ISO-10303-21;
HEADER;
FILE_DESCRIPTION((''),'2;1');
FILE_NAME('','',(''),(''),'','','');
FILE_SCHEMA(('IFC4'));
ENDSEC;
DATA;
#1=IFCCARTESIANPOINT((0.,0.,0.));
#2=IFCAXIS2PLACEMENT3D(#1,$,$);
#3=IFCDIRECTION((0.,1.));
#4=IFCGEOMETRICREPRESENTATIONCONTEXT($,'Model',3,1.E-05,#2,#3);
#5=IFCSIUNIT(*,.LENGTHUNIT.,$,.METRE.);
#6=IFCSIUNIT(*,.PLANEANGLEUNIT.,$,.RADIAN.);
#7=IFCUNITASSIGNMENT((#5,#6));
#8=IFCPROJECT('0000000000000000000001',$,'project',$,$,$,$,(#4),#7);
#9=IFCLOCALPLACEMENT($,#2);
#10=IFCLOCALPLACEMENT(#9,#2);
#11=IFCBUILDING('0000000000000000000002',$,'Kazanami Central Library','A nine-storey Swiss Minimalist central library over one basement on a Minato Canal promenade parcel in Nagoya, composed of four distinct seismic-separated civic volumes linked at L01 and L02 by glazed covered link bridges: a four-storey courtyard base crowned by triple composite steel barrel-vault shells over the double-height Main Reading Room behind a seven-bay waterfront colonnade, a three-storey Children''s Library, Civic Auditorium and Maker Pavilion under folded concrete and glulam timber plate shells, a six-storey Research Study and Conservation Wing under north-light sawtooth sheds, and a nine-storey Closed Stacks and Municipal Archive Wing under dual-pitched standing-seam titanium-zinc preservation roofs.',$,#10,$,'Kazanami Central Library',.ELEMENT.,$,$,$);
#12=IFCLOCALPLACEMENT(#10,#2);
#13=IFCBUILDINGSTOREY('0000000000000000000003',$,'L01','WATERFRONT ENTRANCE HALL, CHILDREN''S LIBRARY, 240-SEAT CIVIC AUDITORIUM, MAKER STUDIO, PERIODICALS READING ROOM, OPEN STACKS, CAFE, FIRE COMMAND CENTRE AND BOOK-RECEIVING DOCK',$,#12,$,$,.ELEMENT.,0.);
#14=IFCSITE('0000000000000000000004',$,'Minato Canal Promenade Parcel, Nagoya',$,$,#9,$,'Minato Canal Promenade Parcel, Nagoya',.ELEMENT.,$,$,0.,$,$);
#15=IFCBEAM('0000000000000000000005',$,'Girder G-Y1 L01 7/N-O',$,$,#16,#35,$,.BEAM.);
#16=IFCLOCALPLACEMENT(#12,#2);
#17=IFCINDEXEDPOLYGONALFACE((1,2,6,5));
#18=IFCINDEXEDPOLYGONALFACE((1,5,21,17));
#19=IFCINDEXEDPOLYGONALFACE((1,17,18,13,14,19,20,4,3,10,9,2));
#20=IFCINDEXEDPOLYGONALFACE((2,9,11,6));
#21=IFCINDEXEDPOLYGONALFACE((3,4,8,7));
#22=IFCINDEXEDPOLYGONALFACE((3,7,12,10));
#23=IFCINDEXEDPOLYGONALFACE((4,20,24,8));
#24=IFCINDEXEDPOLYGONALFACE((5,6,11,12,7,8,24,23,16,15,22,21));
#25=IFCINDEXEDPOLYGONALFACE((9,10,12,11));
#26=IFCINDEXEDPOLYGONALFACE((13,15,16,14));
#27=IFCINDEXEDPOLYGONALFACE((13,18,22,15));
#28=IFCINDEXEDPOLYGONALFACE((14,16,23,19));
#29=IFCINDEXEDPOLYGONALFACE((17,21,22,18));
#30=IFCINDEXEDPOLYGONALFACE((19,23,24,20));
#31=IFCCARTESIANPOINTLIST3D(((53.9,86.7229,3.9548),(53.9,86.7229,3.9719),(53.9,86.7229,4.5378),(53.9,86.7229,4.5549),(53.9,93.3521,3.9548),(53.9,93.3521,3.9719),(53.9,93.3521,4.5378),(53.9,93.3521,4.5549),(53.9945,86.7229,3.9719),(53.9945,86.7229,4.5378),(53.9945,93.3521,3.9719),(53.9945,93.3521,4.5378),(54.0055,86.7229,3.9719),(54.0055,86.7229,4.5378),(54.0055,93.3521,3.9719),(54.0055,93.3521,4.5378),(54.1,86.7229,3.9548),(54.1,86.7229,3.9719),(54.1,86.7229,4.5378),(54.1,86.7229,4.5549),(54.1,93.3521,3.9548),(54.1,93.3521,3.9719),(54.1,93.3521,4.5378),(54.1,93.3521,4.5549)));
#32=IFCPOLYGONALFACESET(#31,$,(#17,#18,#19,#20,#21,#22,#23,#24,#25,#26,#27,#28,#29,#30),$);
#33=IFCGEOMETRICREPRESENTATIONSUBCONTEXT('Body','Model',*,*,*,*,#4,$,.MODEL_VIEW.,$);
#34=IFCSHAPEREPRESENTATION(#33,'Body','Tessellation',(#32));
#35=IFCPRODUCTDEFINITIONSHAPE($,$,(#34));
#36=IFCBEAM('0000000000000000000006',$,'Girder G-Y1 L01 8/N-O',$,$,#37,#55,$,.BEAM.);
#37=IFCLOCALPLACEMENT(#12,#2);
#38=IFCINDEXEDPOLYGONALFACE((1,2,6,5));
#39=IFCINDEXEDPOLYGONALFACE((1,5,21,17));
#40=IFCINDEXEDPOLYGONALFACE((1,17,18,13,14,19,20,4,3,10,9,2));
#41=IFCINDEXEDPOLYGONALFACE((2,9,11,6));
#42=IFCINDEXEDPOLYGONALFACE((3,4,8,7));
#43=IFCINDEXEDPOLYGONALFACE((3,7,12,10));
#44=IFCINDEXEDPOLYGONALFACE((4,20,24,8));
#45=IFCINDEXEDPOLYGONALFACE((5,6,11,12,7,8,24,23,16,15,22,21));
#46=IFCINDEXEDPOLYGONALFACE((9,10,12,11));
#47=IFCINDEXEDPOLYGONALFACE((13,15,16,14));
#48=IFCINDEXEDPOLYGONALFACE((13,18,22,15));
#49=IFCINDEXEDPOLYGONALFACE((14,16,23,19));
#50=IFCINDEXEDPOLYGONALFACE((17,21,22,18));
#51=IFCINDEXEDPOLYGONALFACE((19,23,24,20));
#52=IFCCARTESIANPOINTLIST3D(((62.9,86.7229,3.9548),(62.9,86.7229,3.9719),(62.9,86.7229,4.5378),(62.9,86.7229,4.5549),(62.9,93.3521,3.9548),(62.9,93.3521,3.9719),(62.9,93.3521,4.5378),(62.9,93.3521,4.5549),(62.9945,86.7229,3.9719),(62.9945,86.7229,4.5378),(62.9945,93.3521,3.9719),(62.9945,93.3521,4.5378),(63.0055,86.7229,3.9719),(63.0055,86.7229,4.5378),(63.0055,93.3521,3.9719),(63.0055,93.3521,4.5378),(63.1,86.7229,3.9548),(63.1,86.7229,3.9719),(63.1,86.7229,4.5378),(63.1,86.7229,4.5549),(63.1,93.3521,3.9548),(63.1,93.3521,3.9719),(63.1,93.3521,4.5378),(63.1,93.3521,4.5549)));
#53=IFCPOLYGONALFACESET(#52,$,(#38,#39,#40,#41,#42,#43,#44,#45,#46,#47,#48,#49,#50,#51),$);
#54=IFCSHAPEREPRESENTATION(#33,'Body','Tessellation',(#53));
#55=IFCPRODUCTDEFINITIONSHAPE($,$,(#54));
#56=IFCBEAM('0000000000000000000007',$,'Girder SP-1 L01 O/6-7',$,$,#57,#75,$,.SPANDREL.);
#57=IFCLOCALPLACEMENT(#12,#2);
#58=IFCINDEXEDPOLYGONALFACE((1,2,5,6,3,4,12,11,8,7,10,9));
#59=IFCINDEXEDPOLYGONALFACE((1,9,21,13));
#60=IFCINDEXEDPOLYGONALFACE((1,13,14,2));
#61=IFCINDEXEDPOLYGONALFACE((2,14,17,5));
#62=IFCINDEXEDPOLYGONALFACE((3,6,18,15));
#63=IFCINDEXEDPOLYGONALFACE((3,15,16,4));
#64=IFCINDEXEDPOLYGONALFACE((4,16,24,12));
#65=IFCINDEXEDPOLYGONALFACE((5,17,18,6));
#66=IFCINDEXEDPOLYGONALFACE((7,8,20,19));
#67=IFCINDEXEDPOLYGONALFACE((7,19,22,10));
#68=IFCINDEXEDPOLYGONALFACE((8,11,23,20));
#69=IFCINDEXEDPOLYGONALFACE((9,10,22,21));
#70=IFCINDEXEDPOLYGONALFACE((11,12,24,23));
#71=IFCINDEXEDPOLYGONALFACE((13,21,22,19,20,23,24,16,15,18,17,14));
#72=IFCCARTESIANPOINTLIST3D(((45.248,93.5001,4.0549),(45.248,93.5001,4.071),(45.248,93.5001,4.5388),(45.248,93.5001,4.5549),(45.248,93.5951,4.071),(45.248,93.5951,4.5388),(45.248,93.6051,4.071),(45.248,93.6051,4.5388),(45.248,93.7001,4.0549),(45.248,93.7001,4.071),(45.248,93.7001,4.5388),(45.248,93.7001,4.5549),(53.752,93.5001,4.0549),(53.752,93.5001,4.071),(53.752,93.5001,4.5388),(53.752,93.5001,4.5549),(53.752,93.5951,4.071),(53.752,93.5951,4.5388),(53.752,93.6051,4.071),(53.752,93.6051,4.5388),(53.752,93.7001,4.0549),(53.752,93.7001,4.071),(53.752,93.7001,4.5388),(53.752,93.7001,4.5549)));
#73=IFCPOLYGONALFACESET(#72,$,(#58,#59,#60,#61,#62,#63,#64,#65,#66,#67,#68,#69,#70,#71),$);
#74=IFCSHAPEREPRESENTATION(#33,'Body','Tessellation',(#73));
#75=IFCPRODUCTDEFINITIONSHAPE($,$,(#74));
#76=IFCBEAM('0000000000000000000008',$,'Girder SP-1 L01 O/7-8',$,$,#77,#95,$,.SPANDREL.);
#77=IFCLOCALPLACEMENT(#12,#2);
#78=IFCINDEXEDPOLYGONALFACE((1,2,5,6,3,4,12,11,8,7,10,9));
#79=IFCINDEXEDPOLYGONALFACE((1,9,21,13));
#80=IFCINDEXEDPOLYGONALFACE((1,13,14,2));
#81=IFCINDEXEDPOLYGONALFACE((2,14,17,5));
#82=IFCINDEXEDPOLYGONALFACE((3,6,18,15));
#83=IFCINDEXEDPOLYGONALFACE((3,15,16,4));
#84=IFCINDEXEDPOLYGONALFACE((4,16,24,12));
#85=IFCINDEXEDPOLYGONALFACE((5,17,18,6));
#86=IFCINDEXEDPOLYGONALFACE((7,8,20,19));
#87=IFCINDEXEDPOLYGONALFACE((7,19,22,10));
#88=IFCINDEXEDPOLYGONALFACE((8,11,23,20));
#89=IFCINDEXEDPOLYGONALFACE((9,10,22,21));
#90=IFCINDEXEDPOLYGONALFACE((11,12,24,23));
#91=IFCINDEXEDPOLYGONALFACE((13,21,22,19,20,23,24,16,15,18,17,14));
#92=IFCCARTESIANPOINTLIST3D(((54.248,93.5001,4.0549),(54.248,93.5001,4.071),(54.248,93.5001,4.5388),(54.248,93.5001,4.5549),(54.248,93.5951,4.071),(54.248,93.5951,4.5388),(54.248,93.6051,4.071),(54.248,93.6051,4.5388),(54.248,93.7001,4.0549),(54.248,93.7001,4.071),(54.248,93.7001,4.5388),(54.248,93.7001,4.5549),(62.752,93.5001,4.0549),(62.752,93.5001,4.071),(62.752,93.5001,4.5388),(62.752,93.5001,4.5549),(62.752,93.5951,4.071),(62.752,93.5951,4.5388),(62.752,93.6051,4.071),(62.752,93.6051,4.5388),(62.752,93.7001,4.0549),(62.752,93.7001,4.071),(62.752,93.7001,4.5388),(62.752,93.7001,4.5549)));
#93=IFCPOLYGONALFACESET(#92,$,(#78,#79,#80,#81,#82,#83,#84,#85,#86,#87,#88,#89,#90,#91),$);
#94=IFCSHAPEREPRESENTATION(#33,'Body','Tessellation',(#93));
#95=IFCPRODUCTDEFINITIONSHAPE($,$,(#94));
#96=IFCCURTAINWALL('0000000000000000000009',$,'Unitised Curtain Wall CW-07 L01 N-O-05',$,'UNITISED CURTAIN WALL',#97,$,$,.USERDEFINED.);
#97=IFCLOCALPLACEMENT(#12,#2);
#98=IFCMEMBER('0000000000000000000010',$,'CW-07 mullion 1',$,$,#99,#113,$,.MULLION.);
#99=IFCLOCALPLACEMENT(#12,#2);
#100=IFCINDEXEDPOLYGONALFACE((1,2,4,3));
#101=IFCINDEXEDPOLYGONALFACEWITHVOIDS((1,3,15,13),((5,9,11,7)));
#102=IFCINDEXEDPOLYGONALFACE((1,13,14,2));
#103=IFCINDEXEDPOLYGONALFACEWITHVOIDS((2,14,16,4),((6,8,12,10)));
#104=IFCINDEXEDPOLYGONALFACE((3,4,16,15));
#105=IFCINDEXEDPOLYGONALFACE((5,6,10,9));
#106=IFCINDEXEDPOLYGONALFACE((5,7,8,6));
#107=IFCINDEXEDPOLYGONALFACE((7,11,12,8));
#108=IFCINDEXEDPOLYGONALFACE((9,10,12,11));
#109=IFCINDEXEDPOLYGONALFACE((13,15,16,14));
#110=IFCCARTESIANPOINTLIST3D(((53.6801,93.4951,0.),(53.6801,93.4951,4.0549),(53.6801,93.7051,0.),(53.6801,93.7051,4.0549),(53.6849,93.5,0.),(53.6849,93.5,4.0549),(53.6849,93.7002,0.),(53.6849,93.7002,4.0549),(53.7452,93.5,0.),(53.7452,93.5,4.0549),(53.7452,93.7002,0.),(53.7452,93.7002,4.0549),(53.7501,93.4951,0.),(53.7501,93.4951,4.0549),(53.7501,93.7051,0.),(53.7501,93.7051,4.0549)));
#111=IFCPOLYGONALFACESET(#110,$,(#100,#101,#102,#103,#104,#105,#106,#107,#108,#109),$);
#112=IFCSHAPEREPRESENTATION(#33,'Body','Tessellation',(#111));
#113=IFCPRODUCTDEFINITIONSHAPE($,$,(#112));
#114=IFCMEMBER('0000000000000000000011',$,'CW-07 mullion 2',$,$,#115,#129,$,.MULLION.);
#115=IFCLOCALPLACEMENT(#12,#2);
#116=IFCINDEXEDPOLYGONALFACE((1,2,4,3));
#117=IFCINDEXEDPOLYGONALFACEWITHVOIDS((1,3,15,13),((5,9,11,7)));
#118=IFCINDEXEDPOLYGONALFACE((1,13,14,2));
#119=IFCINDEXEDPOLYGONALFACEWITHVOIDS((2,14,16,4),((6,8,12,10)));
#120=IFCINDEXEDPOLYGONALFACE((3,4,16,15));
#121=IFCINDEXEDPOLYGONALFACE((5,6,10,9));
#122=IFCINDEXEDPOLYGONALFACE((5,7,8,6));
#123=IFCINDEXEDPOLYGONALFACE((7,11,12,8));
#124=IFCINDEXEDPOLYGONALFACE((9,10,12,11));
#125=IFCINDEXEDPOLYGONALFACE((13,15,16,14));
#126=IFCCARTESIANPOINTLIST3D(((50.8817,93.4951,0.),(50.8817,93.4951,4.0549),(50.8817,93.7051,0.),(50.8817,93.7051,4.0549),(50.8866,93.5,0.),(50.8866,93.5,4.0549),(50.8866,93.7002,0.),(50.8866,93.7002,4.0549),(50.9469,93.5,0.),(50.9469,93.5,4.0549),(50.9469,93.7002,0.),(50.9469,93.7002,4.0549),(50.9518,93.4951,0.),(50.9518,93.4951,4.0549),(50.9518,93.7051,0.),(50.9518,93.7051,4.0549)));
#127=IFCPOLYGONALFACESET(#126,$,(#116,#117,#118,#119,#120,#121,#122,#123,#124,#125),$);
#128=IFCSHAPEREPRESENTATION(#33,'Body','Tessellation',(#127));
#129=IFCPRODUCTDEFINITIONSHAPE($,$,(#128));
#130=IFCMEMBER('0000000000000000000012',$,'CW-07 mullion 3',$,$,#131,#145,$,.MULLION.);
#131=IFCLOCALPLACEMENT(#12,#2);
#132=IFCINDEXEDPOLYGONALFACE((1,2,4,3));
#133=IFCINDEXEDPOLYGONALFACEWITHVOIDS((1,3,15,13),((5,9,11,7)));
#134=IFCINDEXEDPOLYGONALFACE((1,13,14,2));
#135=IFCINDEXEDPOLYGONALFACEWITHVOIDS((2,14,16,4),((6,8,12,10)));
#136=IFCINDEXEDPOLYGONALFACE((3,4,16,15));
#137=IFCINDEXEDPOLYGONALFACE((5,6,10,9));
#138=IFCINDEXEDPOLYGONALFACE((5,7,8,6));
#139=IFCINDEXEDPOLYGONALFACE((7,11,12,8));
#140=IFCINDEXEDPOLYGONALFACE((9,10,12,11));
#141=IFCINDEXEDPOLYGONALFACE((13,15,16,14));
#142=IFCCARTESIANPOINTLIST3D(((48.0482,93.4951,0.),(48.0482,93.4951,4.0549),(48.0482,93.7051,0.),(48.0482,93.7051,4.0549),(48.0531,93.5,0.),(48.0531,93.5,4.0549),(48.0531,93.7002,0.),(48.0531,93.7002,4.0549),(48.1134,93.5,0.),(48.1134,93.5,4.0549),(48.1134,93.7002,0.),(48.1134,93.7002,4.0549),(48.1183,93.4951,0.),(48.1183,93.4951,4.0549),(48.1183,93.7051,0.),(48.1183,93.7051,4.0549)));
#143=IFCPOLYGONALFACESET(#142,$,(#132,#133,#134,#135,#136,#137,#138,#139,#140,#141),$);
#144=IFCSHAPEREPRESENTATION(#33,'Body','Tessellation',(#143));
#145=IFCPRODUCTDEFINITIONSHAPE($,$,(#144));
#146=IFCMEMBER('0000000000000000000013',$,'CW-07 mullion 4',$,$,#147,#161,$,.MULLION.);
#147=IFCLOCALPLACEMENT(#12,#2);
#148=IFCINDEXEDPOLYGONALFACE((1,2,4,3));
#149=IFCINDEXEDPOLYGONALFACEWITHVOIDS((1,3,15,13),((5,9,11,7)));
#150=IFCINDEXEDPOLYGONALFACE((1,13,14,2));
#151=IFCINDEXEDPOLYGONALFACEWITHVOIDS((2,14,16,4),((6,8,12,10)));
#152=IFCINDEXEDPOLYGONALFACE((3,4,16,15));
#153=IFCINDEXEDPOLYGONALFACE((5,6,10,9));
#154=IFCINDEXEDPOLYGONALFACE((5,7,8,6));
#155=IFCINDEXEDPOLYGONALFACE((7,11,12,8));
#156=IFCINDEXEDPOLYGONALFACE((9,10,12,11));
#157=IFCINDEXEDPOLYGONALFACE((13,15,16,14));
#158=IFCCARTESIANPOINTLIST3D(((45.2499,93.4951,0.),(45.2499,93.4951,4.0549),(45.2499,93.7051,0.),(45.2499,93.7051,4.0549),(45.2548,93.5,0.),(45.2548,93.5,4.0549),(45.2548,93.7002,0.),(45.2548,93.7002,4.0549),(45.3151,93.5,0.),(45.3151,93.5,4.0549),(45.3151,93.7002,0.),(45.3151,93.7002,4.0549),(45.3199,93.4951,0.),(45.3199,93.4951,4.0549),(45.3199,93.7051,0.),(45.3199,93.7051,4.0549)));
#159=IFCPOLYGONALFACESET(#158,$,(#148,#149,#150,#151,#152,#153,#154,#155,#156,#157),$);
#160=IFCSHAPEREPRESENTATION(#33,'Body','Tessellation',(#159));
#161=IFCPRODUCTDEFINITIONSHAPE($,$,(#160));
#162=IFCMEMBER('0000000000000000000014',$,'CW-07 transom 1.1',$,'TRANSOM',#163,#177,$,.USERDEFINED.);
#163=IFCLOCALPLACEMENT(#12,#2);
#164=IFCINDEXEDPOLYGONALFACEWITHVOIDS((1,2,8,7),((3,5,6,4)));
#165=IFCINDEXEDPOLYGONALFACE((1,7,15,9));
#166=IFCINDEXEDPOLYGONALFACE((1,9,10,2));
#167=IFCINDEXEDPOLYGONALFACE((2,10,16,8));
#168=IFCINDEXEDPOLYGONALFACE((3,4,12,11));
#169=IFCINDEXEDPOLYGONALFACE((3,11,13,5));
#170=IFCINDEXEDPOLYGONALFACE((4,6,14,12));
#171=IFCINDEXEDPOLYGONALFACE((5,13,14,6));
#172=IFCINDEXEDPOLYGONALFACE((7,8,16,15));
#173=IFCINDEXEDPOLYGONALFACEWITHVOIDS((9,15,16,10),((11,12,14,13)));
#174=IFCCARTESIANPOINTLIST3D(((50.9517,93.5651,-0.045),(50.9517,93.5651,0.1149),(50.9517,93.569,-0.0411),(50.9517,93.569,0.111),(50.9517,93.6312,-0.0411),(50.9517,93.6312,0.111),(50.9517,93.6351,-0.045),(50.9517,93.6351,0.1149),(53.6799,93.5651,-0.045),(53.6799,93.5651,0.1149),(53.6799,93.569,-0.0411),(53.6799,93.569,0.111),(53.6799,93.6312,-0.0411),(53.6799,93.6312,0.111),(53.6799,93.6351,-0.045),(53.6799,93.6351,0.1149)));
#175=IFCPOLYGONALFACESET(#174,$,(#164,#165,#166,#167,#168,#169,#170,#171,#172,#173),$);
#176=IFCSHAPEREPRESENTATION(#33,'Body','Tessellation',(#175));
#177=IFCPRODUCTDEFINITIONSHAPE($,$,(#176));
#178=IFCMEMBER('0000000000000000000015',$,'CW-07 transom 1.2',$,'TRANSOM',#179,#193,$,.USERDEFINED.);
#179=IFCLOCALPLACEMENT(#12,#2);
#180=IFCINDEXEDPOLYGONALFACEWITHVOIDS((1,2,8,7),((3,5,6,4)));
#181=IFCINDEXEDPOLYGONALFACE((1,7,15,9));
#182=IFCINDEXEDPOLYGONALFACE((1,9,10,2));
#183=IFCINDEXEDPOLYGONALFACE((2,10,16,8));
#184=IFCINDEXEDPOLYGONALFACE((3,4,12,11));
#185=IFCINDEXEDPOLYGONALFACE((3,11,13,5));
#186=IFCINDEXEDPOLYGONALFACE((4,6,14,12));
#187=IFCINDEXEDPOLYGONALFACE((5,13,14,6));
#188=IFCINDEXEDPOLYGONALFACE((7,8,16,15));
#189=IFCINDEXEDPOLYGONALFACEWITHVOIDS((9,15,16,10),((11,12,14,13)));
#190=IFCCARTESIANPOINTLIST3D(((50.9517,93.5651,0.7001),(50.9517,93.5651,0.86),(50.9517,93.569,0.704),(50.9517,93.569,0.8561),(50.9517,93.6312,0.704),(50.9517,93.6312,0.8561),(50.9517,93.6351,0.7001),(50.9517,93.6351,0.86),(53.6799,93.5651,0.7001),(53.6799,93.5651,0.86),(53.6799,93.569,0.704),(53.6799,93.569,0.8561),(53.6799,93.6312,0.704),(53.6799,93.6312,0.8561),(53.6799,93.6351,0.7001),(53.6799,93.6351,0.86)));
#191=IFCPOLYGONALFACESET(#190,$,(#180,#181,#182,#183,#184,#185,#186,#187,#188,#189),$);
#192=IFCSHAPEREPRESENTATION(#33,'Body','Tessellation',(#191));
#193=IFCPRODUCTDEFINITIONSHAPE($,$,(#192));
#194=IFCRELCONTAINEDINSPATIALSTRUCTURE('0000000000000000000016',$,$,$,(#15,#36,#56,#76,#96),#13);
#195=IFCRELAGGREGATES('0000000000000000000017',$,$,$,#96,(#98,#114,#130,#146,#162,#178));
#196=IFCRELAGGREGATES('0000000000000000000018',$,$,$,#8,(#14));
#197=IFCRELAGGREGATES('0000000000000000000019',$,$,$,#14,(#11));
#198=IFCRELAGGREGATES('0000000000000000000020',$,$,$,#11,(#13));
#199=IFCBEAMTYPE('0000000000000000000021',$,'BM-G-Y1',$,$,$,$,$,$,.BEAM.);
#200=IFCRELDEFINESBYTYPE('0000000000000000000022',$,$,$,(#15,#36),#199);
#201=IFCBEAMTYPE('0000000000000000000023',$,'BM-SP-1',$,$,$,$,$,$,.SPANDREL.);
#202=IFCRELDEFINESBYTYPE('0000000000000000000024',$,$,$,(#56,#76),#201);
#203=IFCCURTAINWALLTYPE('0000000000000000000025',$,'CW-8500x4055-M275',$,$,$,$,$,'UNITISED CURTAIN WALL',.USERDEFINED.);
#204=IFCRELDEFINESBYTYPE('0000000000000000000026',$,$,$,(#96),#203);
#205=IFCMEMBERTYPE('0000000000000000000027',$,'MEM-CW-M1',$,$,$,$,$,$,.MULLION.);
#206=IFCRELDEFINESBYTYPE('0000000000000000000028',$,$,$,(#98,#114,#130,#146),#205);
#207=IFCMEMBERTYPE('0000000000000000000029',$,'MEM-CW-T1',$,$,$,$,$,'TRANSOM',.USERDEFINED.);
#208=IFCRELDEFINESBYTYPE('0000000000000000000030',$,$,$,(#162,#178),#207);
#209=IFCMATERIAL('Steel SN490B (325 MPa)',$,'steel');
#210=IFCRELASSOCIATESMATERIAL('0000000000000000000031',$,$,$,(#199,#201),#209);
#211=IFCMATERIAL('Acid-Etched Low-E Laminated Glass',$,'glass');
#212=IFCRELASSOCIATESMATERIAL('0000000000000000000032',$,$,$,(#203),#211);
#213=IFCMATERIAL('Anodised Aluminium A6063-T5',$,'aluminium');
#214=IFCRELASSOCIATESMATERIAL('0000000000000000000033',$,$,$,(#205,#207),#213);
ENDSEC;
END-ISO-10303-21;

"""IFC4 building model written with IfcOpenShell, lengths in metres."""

from ifc_helpers import new_model, si_unit, direction, frame, origin, origin_2d, place, context, subcontext, project, spatial, hollow_rectangle, i_section, extrude, material, material_profile, profile_set, type_object, element, aggregate, save


model = new_model("IFC4")

# Units and contexts
model_context = context("Model", 3, precision=1e-05, world=origin(), true_north=direction((0.0, 1.0)))
body_context = subcontext(model_context, "Body", "Model", "MODEL_VIEW")
ifc_project = project(units=[si_unit("LENGTHUNIT", "METRE"), si_unit("PLANEANGLEUNIT", "RADIAN")], contexts=[model_context])

# Site, building, storey
site_placement = place(None, origin())
site = spatial("IfcSite", under=ifc_project, at=site_placement, Name="Minato Canal Promenade Parcel, Nagoya", LongName="Minato Canal Promenade Parcel, Nagoya", CompositionType="ELEMENT", RefElevation=0.0)
building_placement = place(site_placement, origin())
building = spatial("IfcBuilding", under=site, at=building_placement, Name="Kazanami Central Library", Description="A nine-storey Swiss Minimalist central library over one basement on a Minato Canal promenade parcel in Nagoya, composed of four distinct seismic-separated civic volumes linked at L01 and L02 by glazed covered link bridges: a four-storey courtyard base crowned by triple composite steel barrel-vault shells over the double-height Main Reading Room behind a seven-bay waterfront colonnade, a three-storey Children's Library, Civic Auditorium and Maker Pavilion under folded concrete and glulam timber plate shells, a six-storey Research Study and Conservation Wing under north-light sawtooth sheds, and a nine-storey Closed Stacks and Municipal Archive Wing under dual-pitched standing-seam titanium-zinc preservation roofs.", LongName="Kazanami Central Library", CompositionType="ELEMENT")
storey_placement = place(building_placement, origin())
storey = spatial("IfcBuildingStorey", under=building, at=storey_placement, Name="L01", Description="WATERFRONT ENTRANCE HALL, CHILDREN'S LIBRARY, 240-SEAT CIVIC AUDITORIUM, MAKER STUDIO, PERIODICALS READING ROOM, OPEN STACKS, CAFE, FIRE COMMAND CENTRE AND BOOK-RECEIVING DOCK", CompositionType="ELEMENT", Elevation=0.0)

# Beams
ifc_material_1 = material(Name="Steel SN490B (325 MPa)", Category="steel")
ifc_material_profile_1 = material_profile(ifc_material_1, i_section(OverallWidth=0.2, OverallDepth=0.6001, WebThickness=0.011, FlangeThickness=0.0171, at=origin_2d()), Name="H-600x200x11x17")
ifc_profile_set_1 = profile_set([ifc_material_profile_1], Name="Steel SN490B (325 MPa)")
beam_type_1 = type_object("IfcBeamType", Name="BM-G-Y1", PredefinedType="BEAM", material=ifc_profile_set_1)
for number, where, z_axis, x_axis, name in (
    (1, (54.0, 86.7229, 4.2549), (0.0, 1.0, 0.0), (-1.0, 0.0, 0.0), "Girder G-Y1 L01 7/N-O"),
    (2, (63.0, 86.7229, 4.2549), (0.0, 1.0, 0.0), (-1.0, 0.0, 0.0), "Girder G-Y1 L01 8/N-O"),
):
    element("IfcBeam", number, at=place(storey_placement, frame(where, z_axis=z_axis, x_axis=x_axis)), inside=storey, type_object=beam_type_1, Name=name, PredefinedType="BEAM", context=body_context, shape_type="SweptSolid", body=[
        extrude(i_section(OverallWidth=0.2, OverallDepth=0.6001, WebThickness=0.011, FlangeThickness=0.0171, at=origin_2d()), origin(), (0.0, 0.0, 1.0), 6.6292),
    ])
ifc_material_profile_2 = material_profile(ifc_material_1, i_section(OverallWidth=0.2, OverallDepth=0.5, WebThickness=0.01, FlangeThickness=0.0161, at=origin_2d()), Name="H-500x200x10x16")
ifc_profile_set_2 = profile_set([ifc_material_profile_2], Name="Steel SN490B (325 MPa)")
beam_type_2 = type_object("IfcBeamType", Name="BM-SP-1", PredefinedType="SPANDREL", material=ifc_profile_set_2)
for number, where, z_axis, x_axis, name in (
    (3, (45.248, 93.6001, 4.3049), (1.0, 0.0, 0.0), (0.0, 1.0, 0.0), "Girder SP-1 L01 O/6-7"),
    (4, (54.248, 93.6001, 4.3049), (1.0, 0.0, 0.0), (0.0, 1.0, 0.0), "Girder SP-1 L01 O/7-8"),
):
    element("IfcBeam", number, at=place(storey_placement, frame(where, z_axis=z_axis, x_axis=x_axis)), inside=storey, type_object=beam_type_2, Name=name, PredefinedType="SPANDREL", context=body_context, shape_type="SweptSolid", body=[
        extrude(i_section(OverallWidth=0.2, OverallDepth=0.5, WebThickness=0.01, FlangeThickness=0.0161, at=origin_2d()), origin(), (0.0, 0.0, 1.0), 8.5039),
    ])

# Curtain wall, members
ifc_material_2 = material(Name="Acid-Etched Low-E Laminated Glass", Category="glass")
curtain_wall_type = type_object("IfcCurtainWallType", Name="CW-8500x4055-M275", ElementType="UNITISED CURTAIN WALL", PredefinedType="USERDEFINED", material=ifc_material_2)
curtain_wall_placement = place(storey_placement, origin())
curtain_wall = element("IfcCurtainWall", 5, at=curtain_wall_placement, inside=storey, type_object=curtain_wall_type, Name="Unitised Curtain Wall CW-07 L01 N-O-05", ObjectType="UNITISED CURTAIN WALL", PredefinedType="USERDEFINED")
ifc_material_3 = material(Name="Anodised Aluminium A6063-T5", Category="aluminium")
ifc_material_profile_3 = material_profile(ifc_material_3, hollow_rectangle(XDim=0.0701, YDim=0.21, WallThickness=0.0049, at=origin_2d()), Name="ALU-MULL-70x210x5")
ifc_profile_set_3 = profile_set([ifc_material_profile_3], Name="Anodised Aluminium A6063-T5")
member_type_1 = type_object("IfcMemberType", Name="MEM-CW-M1", PredefinedType="MULLION", material=ifc_profile_set_3)
member_1_placement = place(storey_placement, frame((53.7151, 93.6001, 0.0), z_axis=(0.0, 0.0, 1.0), x_axis=(-1.0, 0.0, 0.0)))
member_1 = element("IfcMember", 6, at=member_1_placement, type_object=member_type_1, Name="CW-07 mullion 1", PredefinedType="MULLION", context=body_context, shape_type="SweptSolid", body=[
    extrude(hollow_rectangle(XDim=0.0701, YDim=0.21, WallThickness=0.0049, at=origin_2d()), origin(), (0.0, 0.0, 1.0), 4.0549),
])
member_2_placement = place(storey_placement, frame((50.9167, 93.6001, 0.0), z_axis=(0.0, 0.0, 1.0), x_axis=(-1.0, 0.0, 0.0)))
member_2 = element("IfcMember", 7, at=member_2_placement, type_object=member_type_1, Name="CW-07 mullion 2", PredefinedType="MULLION", context=body_context, shape_type="SweptSolid", body=[
    extrude(hollow_rectangle(XDim=0.0701, YDim=0.21, WallThickness=0.0049, at=origin_2d()), origin(), (0.0, 0.0, 1.0), 4.0549),
])
member_3_placement = place(storey_placement, frame((48.0833, 93.6001, 0.0), z_axis=(0.0, 0.0, 1.0), x_axis=(-1.0, 0.0, 0.0)))
member_3 = element("IfcMember", 8, at=member_3_placement, type_object=member_type_1, Name="CW-07 mullion 3", PredefinedType="MULLION", context=body_context, shape_type="SweptSolid", body=[
    extrude(hollow_rectangle(XDim=0.0701, YDim=0.21, WallThickness=0.0049, at=origin_2d()), origin(), (0.0, 0.0, 1.0), 4.0549),
])
member_4_placement = place(storey_placement, frame((45.2849, 93.6001, 0.0), z_axis=(0.0, 0.0, 1.0), x_axis=(-1.0, 0.0, 0.0)))
member_4 = element("IfcMember", 9, at=member_4_placement, type_object=member_type_1, Name="CW-07 mullion 4", PredefinedType="MULLION", context=body_context, shape_type="SweptSolid", body=[
    extrude(hollow_rectangle(XDim=0.0701, YDim=0.21, WallThickness=0.0049, at=origin_2d()), origin(), (0.0, 0.0, 1.0), 4.0549),
])
ifc_material_profile_4 = material_profile(ifc_material_3, hollow_rectangle(XDim=0.0701, YDim=0.1599, WallThickness=0.0039, at=origin_2d()), Name="ALU-TRAN-70x160x4")
ifc_profile_set_4 = profile_set([ifc_material_profile_4], Name="Anodised Aluminium A6063-T5")
member_type_2 = type_object("IfcMemberType", Name="MEM-CW-T1", ElementType="TRANSOM", PredefinedType="USERDEFINED", material=ifc_profile_set_4)
member_5_placement = place(storey_placement, frame((53.6799, 93.6001, 0.0349), z_axis=(-1.0, 0.0, 0.0), x_axis=(0.0, -1.0, 0.0)))
member_5 = element("IfcMember", 10, at=member_5_placement, type_object=member_type_2, Name="CW-07 transom 1.1", ObjectType="TRANSOM", PredefinedType="USERDEFINED", context=body_context, shape_type="SweptSolid", body=[
    extrude(hollow_rectangle(XDim=0.0701, YDim=0.1599, WallThickness=0.0039, at=origin_2d()), origin(), (0.0, 0.0, 1.0), 2.7283),
])
member_6_placement = place(storey_placement, frame((53.6799, 93.6001, 0.78), z_axis=(-1.0, 0.0, 0.0), x_axis=(0.0, -1.0, 0.0)))
member_6 = element("IfcMember", 11, at=member_6_placement, type_object=member_type_2, Name="CW-07 transom 1.2", ObjectType="TRANSOM", PredefinedType="USERDEFINED", context=body_context, shape_type="SweptSolid", body=[
    extrude(hollow_rectangle(XDim=0.0701, YDim=0.1599, WallThickness=0.0039, at=origin_2d()), origin(), (0.0, 0.0, 1.0), 2.7283),
])
aggregate(curtain_wall, [member_1, member_2, member_3, member_4, member_5, member_6])

save(model, "model.ifc")
